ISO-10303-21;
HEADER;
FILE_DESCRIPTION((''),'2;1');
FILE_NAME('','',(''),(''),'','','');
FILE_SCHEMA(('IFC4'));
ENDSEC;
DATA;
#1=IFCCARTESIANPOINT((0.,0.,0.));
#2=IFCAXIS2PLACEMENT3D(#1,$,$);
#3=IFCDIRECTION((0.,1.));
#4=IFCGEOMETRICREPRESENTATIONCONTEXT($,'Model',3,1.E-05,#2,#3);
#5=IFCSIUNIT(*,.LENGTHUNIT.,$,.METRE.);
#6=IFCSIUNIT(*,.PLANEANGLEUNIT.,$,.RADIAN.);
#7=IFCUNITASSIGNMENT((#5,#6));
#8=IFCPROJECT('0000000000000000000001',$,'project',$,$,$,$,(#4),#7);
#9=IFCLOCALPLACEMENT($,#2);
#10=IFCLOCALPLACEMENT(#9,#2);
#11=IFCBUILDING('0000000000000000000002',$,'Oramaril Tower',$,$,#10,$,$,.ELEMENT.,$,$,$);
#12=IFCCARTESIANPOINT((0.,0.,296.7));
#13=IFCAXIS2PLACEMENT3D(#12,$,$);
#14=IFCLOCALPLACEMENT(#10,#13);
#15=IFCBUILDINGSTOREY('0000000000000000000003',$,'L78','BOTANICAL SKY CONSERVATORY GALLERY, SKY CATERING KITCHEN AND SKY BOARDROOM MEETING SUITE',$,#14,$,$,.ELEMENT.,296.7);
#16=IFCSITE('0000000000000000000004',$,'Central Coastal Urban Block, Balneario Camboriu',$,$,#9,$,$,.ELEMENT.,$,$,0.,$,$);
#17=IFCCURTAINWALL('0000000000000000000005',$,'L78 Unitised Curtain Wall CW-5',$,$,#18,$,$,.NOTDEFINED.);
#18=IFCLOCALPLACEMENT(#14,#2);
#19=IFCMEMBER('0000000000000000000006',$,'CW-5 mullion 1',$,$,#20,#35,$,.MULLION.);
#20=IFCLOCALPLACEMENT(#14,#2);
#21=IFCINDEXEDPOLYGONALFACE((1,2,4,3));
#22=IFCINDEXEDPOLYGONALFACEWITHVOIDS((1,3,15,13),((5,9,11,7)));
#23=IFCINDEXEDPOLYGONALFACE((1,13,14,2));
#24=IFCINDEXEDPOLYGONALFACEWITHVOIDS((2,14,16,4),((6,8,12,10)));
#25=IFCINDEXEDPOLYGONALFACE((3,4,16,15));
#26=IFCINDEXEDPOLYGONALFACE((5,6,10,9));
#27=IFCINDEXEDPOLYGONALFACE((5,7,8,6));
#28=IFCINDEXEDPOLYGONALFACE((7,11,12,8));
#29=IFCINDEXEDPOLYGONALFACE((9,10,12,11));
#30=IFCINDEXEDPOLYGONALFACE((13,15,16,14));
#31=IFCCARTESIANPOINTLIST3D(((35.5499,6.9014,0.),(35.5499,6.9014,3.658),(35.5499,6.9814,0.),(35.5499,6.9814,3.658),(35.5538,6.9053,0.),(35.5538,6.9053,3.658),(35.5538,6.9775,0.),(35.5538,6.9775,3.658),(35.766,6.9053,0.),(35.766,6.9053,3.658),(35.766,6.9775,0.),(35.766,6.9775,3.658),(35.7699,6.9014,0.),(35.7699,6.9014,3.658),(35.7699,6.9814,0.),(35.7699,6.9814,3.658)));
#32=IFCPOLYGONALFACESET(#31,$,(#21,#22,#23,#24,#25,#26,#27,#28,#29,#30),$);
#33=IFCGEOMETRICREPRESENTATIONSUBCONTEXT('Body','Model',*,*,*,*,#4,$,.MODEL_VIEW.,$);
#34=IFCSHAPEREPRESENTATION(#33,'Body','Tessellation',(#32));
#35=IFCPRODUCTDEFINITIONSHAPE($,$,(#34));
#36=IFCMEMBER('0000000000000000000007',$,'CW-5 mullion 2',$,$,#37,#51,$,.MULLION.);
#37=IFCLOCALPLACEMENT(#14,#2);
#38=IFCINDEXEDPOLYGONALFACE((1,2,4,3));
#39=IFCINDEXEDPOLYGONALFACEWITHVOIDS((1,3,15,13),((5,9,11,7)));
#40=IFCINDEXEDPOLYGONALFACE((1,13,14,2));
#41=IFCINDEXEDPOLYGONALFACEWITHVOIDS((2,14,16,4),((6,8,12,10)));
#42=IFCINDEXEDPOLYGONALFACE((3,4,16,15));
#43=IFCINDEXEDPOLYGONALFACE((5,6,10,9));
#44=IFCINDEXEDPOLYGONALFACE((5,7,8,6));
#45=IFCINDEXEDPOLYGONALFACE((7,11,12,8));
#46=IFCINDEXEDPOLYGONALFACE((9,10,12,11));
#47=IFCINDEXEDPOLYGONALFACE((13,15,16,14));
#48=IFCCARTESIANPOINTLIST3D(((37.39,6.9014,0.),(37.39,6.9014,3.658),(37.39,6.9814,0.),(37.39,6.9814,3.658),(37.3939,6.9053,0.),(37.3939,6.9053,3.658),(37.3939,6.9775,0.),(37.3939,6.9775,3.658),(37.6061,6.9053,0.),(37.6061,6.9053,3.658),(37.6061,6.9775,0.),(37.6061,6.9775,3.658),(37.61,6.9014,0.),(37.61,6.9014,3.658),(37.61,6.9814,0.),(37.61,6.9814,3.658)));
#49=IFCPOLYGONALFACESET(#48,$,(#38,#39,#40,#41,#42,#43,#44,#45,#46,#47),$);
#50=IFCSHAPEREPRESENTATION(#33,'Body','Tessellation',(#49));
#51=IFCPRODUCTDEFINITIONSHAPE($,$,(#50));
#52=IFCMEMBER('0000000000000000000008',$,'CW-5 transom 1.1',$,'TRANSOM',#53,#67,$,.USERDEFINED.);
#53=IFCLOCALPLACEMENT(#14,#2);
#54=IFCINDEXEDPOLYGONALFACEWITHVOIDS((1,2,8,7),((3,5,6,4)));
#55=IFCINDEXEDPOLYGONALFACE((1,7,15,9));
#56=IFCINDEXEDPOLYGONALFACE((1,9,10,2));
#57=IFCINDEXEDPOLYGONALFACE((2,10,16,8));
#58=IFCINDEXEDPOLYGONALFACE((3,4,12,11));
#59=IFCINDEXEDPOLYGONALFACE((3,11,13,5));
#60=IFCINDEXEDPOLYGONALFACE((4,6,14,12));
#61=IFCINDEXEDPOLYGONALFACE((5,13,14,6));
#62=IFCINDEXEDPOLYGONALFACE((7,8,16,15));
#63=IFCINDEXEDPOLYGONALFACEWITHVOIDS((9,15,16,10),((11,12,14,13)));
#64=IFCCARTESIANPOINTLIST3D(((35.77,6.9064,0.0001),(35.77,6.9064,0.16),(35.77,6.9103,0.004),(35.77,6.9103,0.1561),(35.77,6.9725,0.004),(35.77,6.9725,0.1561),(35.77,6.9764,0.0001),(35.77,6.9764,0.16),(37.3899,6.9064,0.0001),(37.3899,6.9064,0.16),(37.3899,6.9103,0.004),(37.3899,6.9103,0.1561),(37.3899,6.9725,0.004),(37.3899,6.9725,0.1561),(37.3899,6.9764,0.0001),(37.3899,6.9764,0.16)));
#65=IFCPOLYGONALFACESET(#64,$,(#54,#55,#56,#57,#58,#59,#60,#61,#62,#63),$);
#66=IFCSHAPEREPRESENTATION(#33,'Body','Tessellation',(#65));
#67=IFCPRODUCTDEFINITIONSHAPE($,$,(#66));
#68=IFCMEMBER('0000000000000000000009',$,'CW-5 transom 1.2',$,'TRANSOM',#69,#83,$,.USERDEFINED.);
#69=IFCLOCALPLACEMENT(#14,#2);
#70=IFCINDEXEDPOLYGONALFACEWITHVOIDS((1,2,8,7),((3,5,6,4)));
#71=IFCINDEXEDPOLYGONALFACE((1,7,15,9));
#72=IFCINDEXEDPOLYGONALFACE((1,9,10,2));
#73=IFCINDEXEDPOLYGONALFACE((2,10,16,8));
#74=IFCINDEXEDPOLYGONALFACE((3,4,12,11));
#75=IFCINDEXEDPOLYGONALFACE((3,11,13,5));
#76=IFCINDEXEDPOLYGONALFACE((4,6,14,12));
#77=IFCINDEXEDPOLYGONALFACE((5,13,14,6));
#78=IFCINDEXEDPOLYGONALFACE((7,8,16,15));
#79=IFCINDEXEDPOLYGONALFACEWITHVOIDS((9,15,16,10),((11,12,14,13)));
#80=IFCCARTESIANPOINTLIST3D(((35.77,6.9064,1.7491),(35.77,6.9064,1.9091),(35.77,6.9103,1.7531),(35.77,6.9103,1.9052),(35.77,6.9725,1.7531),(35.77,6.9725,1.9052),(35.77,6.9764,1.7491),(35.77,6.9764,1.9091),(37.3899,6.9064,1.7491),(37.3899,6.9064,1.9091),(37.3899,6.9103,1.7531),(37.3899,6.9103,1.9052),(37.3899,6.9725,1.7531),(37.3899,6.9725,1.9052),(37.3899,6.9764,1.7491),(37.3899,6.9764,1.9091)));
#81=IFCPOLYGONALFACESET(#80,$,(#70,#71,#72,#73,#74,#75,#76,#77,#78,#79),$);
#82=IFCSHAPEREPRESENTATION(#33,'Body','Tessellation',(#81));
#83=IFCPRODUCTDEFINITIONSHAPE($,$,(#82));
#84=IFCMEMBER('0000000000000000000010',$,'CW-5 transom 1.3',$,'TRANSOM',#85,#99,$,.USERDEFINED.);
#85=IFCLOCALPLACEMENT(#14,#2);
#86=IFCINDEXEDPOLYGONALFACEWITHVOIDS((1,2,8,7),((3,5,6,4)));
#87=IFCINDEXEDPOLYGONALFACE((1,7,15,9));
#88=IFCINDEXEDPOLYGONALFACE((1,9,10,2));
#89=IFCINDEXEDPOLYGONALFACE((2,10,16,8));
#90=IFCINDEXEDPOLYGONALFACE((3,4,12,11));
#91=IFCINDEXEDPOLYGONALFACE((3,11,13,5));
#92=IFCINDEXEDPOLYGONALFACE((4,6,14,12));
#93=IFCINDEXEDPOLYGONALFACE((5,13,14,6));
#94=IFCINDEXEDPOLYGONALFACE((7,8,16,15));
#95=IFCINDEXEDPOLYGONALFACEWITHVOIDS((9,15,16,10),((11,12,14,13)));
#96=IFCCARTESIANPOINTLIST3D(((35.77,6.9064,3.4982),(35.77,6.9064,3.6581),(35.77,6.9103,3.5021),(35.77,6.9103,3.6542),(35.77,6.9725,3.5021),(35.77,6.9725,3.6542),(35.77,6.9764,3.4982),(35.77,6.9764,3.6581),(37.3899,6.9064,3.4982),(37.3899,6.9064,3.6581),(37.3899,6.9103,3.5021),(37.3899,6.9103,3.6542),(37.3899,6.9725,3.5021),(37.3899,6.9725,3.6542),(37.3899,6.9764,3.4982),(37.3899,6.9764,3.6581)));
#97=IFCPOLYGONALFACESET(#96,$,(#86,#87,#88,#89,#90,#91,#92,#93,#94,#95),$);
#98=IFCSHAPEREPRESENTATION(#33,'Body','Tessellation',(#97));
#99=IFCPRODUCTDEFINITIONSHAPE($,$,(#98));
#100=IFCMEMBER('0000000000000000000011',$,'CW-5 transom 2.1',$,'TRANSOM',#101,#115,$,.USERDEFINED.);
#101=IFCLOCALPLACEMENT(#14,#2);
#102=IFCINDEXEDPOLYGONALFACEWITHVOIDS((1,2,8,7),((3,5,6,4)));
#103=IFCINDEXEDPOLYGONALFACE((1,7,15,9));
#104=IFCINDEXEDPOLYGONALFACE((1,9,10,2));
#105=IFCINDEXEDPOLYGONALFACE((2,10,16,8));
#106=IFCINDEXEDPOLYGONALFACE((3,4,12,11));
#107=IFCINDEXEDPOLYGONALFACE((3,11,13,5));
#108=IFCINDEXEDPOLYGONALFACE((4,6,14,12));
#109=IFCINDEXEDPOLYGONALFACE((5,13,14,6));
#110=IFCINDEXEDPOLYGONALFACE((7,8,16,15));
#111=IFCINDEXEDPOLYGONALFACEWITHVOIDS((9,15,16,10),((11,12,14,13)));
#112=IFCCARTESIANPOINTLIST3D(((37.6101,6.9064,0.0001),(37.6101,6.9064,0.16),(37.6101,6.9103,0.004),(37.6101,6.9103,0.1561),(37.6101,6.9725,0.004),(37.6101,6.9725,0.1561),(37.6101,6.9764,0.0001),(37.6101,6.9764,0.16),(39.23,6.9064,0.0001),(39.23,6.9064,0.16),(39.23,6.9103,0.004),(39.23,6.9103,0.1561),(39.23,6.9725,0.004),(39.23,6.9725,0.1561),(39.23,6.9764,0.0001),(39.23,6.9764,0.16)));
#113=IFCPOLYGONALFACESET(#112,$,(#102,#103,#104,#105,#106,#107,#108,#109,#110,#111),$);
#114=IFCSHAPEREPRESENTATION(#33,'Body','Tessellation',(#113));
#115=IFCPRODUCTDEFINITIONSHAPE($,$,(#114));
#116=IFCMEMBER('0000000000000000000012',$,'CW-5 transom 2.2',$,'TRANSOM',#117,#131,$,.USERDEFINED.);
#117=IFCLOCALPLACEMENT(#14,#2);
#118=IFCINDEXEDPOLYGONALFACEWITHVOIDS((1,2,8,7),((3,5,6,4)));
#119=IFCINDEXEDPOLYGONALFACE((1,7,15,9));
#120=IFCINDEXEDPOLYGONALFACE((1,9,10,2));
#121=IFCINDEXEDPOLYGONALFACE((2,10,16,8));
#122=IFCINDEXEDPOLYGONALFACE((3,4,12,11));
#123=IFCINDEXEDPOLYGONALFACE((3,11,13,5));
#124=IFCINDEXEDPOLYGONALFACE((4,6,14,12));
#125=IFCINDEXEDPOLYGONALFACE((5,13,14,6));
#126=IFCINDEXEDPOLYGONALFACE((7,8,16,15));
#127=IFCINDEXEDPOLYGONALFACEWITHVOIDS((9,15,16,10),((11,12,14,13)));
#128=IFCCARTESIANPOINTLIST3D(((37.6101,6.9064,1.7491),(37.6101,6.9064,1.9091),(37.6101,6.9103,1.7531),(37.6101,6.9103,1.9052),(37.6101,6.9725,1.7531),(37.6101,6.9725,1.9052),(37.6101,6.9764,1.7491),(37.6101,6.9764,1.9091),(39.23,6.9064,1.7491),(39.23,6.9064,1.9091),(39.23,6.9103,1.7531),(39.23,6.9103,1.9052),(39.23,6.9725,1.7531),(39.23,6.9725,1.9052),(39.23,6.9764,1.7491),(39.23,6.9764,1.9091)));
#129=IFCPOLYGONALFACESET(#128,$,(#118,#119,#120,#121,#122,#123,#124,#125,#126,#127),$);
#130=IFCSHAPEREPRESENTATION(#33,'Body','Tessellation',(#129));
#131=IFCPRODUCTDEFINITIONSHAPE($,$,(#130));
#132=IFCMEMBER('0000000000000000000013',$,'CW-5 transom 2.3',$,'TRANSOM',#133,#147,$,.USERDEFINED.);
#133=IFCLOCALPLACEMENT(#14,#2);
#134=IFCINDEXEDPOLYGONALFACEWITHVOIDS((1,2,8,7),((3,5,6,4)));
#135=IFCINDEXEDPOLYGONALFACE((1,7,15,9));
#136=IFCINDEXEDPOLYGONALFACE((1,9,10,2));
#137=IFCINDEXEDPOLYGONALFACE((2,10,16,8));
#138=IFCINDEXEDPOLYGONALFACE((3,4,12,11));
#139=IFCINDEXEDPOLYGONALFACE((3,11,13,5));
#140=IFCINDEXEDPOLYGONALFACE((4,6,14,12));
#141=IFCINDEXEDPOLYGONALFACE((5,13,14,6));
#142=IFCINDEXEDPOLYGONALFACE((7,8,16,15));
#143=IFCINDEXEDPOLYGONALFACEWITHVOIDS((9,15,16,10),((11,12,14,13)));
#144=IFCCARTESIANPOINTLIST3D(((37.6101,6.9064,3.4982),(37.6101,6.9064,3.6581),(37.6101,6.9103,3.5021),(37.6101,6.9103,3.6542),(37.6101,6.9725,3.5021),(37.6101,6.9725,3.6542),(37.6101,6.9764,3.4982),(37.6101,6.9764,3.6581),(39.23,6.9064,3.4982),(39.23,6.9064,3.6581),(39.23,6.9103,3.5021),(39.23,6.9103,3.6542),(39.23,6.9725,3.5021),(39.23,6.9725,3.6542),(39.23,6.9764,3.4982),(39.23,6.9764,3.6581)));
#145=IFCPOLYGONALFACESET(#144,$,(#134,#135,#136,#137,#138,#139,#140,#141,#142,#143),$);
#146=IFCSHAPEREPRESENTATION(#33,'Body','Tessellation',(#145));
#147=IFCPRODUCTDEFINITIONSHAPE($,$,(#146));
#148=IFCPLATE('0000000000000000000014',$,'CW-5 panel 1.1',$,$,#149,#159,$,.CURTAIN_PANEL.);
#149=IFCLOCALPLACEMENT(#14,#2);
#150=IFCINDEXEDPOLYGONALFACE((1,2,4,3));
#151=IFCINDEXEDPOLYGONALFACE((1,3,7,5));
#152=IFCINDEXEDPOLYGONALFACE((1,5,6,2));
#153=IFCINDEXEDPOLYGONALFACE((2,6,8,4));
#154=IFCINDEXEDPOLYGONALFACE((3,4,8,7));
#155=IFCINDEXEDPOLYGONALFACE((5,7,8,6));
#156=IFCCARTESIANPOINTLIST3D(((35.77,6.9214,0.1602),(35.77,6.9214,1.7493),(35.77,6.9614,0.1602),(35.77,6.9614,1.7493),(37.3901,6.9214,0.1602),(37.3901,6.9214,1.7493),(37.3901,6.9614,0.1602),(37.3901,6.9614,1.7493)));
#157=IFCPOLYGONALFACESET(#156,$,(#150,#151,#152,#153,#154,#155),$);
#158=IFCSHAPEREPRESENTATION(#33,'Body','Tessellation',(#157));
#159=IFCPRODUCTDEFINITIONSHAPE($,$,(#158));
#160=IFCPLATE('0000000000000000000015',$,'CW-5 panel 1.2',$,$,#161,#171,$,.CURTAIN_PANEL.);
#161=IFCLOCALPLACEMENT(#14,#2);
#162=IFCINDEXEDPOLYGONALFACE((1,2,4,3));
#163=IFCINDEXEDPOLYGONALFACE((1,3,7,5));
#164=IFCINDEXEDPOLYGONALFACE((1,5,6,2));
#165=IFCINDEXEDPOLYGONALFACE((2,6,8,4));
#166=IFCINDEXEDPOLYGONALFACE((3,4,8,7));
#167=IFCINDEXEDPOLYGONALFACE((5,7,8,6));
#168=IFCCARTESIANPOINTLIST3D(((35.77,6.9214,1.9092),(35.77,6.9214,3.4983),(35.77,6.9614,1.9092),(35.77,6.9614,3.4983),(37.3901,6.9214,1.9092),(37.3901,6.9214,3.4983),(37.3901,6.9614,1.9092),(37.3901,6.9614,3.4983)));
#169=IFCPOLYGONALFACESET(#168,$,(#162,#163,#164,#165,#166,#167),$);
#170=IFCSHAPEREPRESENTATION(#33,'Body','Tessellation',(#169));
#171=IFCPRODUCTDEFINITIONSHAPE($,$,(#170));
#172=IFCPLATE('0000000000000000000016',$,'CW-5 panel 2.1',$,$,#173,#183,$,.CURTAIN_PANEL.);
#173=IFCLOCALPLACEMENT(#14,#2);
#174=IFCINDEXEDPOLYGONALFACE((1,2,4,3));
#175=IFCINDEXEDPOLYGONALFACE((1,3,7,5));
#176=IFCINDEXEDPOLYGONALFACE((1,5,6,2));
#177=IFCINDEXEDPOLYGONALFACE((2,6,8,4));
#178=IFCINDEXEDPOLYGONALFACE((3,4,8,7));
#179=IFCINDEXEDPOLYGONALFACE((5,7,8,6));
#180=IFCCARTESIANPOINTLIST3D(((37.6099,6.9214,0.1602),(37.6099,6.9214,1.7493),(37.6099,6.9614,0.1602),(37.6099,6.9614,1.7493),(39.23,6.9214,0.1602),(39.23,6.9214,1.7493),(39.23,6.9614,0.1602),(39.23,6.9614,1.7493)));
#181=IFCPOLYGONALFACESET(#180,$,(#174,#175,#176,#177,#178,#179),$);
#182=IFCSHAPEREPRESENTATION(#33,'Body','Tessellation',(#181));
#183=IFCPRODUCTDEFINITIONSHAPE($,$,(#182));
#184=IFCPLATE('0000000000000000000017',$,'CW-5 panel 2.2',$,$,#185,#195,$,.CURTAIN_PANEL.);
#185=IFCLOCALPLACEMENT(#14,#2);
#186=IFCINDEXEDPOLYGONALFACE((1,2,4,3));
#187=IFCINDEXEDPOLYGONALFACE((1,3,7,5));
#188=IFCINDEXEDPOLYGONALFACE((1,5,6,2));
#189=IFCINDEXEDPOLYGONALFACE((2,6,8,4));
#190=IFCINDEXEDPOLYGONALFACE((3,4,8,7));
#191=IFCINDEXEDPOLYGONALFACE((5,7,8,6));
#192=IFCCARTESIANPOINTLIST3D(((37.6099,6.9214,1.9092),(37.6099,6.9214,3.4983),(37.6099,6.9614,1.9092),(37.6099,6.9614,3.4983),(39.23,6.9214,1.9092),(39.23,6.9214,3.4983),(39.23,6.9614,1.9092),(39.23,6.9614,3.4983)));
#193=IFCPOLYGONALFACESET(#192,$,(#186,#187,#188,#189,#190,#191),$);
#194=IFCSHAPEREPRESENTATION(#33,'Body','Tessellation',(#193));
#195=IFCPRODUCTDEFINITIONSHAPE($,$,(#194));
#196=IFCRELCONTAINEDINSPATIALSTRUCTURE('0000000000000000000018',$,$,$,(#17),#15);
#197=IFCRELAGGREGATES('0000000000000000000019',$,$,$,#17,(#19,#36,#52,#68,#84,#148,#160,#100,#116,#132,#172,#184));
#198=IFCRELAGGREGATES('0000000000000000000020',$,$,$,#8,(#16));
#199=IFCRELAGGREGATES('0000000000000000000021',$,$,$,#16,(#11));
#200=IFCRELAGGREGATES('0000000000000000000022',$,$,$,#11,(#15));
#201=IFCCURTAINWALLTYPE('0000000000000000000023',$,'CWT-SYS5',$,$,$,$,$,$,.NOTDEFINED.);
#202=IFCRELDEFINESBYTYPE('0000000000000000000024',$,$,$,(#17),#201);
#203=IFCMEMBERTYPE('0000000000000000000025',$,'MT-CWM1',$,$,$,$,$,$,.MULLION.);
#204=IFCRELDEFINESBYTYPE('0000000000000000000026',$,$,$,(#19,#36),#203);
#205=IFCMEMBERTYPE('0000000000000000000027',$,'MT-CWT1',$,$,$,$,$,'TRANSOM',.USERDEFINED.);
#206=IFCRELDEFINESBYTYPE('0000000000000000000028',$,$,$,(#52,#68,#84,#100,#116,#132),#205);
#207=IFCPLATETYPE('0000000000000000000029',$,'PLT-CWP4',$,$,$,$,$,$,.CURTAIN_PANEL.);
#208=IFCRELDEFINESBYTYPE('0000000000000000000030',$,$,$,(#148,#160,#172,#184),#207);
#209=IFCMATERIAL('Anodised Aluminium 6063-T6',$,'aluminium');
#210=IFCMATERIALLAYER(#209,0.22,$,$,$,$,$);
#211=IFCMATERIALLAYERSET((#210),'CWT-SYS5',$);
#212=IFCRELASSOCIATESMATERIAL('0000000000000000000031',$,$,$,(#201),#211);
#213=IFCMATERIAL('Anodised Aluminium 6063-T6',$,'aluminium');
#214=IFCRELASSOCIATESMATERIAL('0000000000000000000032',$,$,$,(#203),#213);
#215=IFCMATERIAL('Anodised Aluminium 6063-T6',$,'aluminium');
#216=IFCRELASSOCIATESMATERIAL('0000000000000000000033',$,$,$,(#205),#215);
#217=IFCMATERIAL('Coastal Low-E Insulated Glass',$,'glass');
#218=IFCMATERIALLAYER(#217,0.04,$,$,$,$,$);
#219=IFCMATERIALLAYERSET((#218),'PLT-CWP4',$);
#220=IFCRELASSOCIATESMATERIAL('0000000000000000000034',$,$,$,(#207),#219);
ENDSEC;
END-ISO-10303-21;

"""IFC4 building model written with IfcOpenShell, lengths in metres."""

from ifc_helpers import new_model, si_unit, direction, frame, origin, origin_2d, place, context, subcontext, project, spatial, rectangle, hollow_rectangle, extrude, material, layer, layer_set, material_profile, profile_set, type_object, element, aggregate, save


model = new_model("IFC4")

# Units and contexts
model_context = context("Model", 3, precision=1e-05, world=origin(), true_north=direction((0.0, 1.0)))
body_context = subcontext(model_context, "Body", "Model", "MODEL_VIEW")
ifc_project = project(units=[si_unit("LENGTHUNIT", "METRE"), si_unit("PLANEANGLEUNIT", "RADIAN")], contexts=[model_context])

# Site, building, storey
site_placement = place(None, origin())
site = spatial("IfcSite", under=ifc_project, at=site_placement, Name="Central Coastal Urban Block, Balneario Camboriu", CompositionType="ELEMENT", RefElevation=0.0)
building_placement = place(site_placement, origin())
building = spatial("IfcBuilding", under=site, at=building_placement, Name="Oramaril Tower", CompositionType="ELEMENT")
storey_placement = place(building_placement, frame((0.0, 0.0, 296.7)))
storey = spatial("IfcBuildingStorey", under=building, at=storey_placement, Name="L78", Description="BOTANICAL SKY CONSERVATORY GALLERY, SKY CATERING KITCHEN AND SKY BOARDROOM MEETING SUITE", CompositionType="ELEMENT", Elevation=296.7)

# Curtain wall, members, plates
ifc_material_1 = material(Name="Anodised Aluminium 6063-T6", Category="aluminium")
ifc_layer_1 = layer(ifc_material_1, 0.22)
ifc_layer_set_1 = layer_set([ifc_layer_1], Name="CWT-SYS5")
curtain_wall_type = type_object("IfcCurtainWallType", Name="CWT-SYS5", PredefinedType="NOTDEFINED", material=ifc_layer_set_1)
curtain_wall_placement = place(storey_placement, origin())
curtain_wall = element("IfcCurtainWall", 1, at=curtain_wall_placement, inside=storey, type_object=curtain_wall_type, Name="L78 Unitised Curtain Wall CW-5", PredefinedType="NOTDEFINED")
ifc_material_2 = material(Name="Anodised Aluminium 6063-T6", Category="aluminium")
ifc_material_profile_1 = material_profile(ifc_material_2, hollow_rectangle(XDim=0.0801, YDim=0.22, WallThickness=0.0039, at=origin_2d()), Name="CWM220X80")
ifc_profile_set_1 = profile_set([ifc_material_profile_1], Name="Anodised Aluminium 6063-T6")
member_type_1 = type_object("IfcMemberType", Name="MT-CWM1", PredefinedType="MULLION", material=ifc_profile_set_1)
member_1_placement = place(storey_placement, frame((35.6599, 6.9414, 0.0), z_axis=(0.0, 0.0, 1.0), x_axis=(0.0, 1.0, 0.0)))
member_1 = element("IfcMember", 2, at=member_1_placement, type_object=member_type_1, Name="CW-5 mullion 1", PredefinedType="MULLION", context=body_context, shape_type="SweptSolid", body=[
    extrude(hollow_rectangle(XDim=0.0801, YDim=0.22, WallThickness=0.0039, at=origin_2d()), origin(), (0.0, 0.0, 1.0), 3.658),
])
member_2_placement = place(storey_placement, frame((37.5, 6.9414, 0.0), z_axis=(0.0, 0.0, 1.0), x_axis=(0.0, 1.0, 0.0)))
member_2 = element("IfcMember", 3, at=member_2_placement, type_object=member_type_1, Name="CW-5 mullion 2", PredefinedType="MULLION", context=body_context, shape_type="SweptSolid", body=[
    extrude(hollow_rectangle(XDim=0.0801, YDim=0.22, WallThickness=0.0039, at=origin_2d()), origin(), (0.0, 0.0, 1.0), 3.658),
])
ifc_material_3 = material(Name="Anodised Aluminium 6063-T6", Category="aluminium")
ifc_material_profile_2 = material_profile(ifc_material_3, hollow_rectangle(XDim=0.0701, YDim=0.1599, WallThickness=0.0039, at=origin_2d()), Name="CWT160X70")
ifc_profile_set_2 = profile_set([ifc_material_profile_2], Name="Anodised Aluminium 6063-T6")
member_type_2 = type_object("IfcMemberType", Name="MT-CWT1", ElementType="TRANSOM", PredefinedType="USERDEFINED", material=ifc_profile_set_2)
member_3_placement = place(storey_placement, frame((35.77, 6.9414, 0.0801), z_axis=(1.0, 0.0, 0.0), x_axis=(0.0, 1.0, 0.0)))
member_3 = element("IfcMember", 4, at=member_3_placement, type_object=member_type_2, Name="CW-5 transom 1.1", ObjectType="TRANSOM", PredefinedType="USERDEFINED", context=body_context, shape_type="SweptSolid", body=[
    extrude(hollow_rectangle(XDim=0.0701, YDim=0.1599, WallThickness=0.0039, at=origin_2d()), origin(), (0.0, 0.0, 1.0), 1.6199),
])
member_4_placement = place(storey_placement, frame((35.77, 6.9414, 1.8291), z_axis=(1.0, 0.0, 0.0), x_axis=(0.0, 1.0, 0.0)))
member_4 = element("IfcMember", 5, at=member_4_placement, type_object=member_type_2, Name="CW-5 transom 1.2", ObjectType="TRANSOM", PredefinedType="USERDEFINED", context=body_context, shape_type="SweptSolid", body=[
    extrude(hollow_rectangle(XDim=0.0701, YDim=0.1599, WallThickness=0.0039, at=origin_2d()), origin(), (0.0, 0.0, 1.0), 1.6199),
])
member_5_placement = place(storey_placement, frame((35.77, 6.9414, 3.5781), z_axis=(1.0, 0.0, 0.0), x_axis=(0.0, 1.0, 0.0)))
member_5 = element("IfcMember", 6, at=member_5_placement, type_object=member_type_2, Name="CW-5 transom 1.3", ObjectType="TRANSOM", PredefinedType="USERDEFINED", context=body_context, shape_type="SweptSolid", body=[
    extrude(hollow_rectangle(XDim=0.0701, YDim=0.1599, WallThickness=0.0039, at=origin_2d()), origin(), (0.0, 0.0, 1.0), 1.6199),
])
member_6_placement = place(storey_placement, frame((37.6101, 6.9414, 0.0801), z_axis=(1.0, 0.0, 0.0), x_axis=(0.0, 1.0, 0.0)))
member_6 = element("IfcMember", 7, at=member_6_placement, type_object=member_type_2, Name="CW-5 transom 2.1", ObjectType="TRANSOM", PredefinedType="USERDEFINED", context=body_context, shape_type="SweptSolid", body=[
    extrude(hollow_rectangle(XDim=0.0701, YDim=0.1599, WallThickness=0.0039, at=origin_2d()), origin(), (0.0, 0.0, 1.0), 1.6199),
])
member_7_placement = place(storey_placement, frame((37.6101, 6.9414, 1.8291), z_axis=(1.0, 0.0, 0.0), x_axis=(0.0, 1.0, 0.0)))
member_7 = element("IfcMember", 8, at=member_7_placement, type_object=member_type_2, Name="CW-5 transom 2.2", ObjectType="TRANSOM", PredefinedType="USERDEFINED", context=body_context, shape_type="SweptSolid", body=[
    extrude(hollow_rectangle(XDim=0.0701, YDim=0.1599, WallThickness=0.0039, at=origin_2d()), origin(), (0.0, 0.0, 1.0), 1.6199),
])
member_8_placement = place(storey_placement, frame((37.6101, 6.9414, 3.5781), z_axis=(1.0, 0.0, 0.0), x_axis=(0.0, 1.0, 0.0)))
member_8 = element("IfcMember", 9, at=member_8_placement, type_object=member_type_2, Name="CW-5 transom 2.3", ObjectType="TRANSOM", PredefinedType="USERDEFINED", context=body_context, shape_type="SweptSolid", body=[
    extrude(hollow_rectangle(XDim=0.0701, YDim=0.1599, WallThickness=0.0039, at=origin_2d()), origin(), (0.0, 0.0, 1.0), 1.6199),
])
ifc_material_4 = material(Name="Coastal Low-E Insulated Glass", Category="glass")
ifc_layer_2 = layer(ifc_material_4, 0.04)
ifc_layer_set_2 = layer_set([ifc_layer_2], Name="PLT-CWP4")
plate_type = type_object("IfcPlateType", Name="PLT-CWP4", PredefinedType="CURTAIN_PANEL", material=ifc_layer_set_2)
plate_1_placement = place(storey_placement, frame((36.5801, 6.9414, 0.1602), z_axis=(0.0, 0.0, 1.0), x_axis=(1.0, 0.0, 0.0)))
plate_1 = element("IfcPlate", 10, at=plate_1_placement, type_object=plate_type, Name="CW-5 panel 1.1", PredefinedType="CURTAIN_PANEL", context=body_context, shape_type="SweptSolid", body=[
    extrude(rectangle(XDim=1.6201, YDim=0.04, at=origin_2d()), origin(), (0.0, 0.0, 1.0), 1.5891),
])
plate_2_placement = place(storey_placement, frame((36.5801, 6.9414, 1.9092), z_axis=(0.0, 0.0, 1.0), x_axis=(1.0, 0.0, 0.0)))
plate_2 = element("IfcPlate", 11, at=plate_2_placement, type_object=plate_type, Name="CW-5 panel 1.2", PredefinedType="CURTAIN_PANEL", context=body_context, shape_type="SweptSolid", body=[
    extrude(rectangle(XDim=1.6201, YDim=0.04, at=origin_2d()), origin(), (0.0, 0.0, 1.0), 1.5891),
])
plate_3_placement = place(storey_placement, frame((38.4199, 6.9414, 0.1602), z_axis=(0.0, 0.0, 1.0), x_axis=(1.0, 0.0, 0.0)))
plate_3 = element("IfcPlate", 12, at=plate_3_placement, type_object=plate_type, Name="CW-5 panel 2.1", PredefinedType="CURTAIN_PANEL", context=body_context, shape_type="SweptSolid", body=[
    extrude(rectangle(XDim=1.6201, YDim=0.04, at=origin_2d()), origin(), (0.0, 0.0, 1.0), 1.5891),
])
plate_4_placement = place(storey_placement, frame((38.4199, 6.9414, 1.9092), z_axis=(0.0, 0.0, 1.0), x_axis=(1.0, 0.0, 0.0)))
plate_4 = element("IfcPlate", 13, at=plate_4_placement, type_object=plate_type, Name="CW-5 panel 2.2", PredefinedType="CURTAIN_PANEL", context=body_context, shape_type="SweptSolid", body=[
    extrude(rectangle(XDim=1.6201, YDim=0.04, at=origin_2d()), origin(), (0.0, 0.0, 1.0), 1.5891),
])
aggregate(curtain_wall, [member_1, member_2, member_3, member_4, member_5, plate_1, plate_2, member_6, member_7, member_8, plate_3, plate_4])

save(model, "model.ifc")
